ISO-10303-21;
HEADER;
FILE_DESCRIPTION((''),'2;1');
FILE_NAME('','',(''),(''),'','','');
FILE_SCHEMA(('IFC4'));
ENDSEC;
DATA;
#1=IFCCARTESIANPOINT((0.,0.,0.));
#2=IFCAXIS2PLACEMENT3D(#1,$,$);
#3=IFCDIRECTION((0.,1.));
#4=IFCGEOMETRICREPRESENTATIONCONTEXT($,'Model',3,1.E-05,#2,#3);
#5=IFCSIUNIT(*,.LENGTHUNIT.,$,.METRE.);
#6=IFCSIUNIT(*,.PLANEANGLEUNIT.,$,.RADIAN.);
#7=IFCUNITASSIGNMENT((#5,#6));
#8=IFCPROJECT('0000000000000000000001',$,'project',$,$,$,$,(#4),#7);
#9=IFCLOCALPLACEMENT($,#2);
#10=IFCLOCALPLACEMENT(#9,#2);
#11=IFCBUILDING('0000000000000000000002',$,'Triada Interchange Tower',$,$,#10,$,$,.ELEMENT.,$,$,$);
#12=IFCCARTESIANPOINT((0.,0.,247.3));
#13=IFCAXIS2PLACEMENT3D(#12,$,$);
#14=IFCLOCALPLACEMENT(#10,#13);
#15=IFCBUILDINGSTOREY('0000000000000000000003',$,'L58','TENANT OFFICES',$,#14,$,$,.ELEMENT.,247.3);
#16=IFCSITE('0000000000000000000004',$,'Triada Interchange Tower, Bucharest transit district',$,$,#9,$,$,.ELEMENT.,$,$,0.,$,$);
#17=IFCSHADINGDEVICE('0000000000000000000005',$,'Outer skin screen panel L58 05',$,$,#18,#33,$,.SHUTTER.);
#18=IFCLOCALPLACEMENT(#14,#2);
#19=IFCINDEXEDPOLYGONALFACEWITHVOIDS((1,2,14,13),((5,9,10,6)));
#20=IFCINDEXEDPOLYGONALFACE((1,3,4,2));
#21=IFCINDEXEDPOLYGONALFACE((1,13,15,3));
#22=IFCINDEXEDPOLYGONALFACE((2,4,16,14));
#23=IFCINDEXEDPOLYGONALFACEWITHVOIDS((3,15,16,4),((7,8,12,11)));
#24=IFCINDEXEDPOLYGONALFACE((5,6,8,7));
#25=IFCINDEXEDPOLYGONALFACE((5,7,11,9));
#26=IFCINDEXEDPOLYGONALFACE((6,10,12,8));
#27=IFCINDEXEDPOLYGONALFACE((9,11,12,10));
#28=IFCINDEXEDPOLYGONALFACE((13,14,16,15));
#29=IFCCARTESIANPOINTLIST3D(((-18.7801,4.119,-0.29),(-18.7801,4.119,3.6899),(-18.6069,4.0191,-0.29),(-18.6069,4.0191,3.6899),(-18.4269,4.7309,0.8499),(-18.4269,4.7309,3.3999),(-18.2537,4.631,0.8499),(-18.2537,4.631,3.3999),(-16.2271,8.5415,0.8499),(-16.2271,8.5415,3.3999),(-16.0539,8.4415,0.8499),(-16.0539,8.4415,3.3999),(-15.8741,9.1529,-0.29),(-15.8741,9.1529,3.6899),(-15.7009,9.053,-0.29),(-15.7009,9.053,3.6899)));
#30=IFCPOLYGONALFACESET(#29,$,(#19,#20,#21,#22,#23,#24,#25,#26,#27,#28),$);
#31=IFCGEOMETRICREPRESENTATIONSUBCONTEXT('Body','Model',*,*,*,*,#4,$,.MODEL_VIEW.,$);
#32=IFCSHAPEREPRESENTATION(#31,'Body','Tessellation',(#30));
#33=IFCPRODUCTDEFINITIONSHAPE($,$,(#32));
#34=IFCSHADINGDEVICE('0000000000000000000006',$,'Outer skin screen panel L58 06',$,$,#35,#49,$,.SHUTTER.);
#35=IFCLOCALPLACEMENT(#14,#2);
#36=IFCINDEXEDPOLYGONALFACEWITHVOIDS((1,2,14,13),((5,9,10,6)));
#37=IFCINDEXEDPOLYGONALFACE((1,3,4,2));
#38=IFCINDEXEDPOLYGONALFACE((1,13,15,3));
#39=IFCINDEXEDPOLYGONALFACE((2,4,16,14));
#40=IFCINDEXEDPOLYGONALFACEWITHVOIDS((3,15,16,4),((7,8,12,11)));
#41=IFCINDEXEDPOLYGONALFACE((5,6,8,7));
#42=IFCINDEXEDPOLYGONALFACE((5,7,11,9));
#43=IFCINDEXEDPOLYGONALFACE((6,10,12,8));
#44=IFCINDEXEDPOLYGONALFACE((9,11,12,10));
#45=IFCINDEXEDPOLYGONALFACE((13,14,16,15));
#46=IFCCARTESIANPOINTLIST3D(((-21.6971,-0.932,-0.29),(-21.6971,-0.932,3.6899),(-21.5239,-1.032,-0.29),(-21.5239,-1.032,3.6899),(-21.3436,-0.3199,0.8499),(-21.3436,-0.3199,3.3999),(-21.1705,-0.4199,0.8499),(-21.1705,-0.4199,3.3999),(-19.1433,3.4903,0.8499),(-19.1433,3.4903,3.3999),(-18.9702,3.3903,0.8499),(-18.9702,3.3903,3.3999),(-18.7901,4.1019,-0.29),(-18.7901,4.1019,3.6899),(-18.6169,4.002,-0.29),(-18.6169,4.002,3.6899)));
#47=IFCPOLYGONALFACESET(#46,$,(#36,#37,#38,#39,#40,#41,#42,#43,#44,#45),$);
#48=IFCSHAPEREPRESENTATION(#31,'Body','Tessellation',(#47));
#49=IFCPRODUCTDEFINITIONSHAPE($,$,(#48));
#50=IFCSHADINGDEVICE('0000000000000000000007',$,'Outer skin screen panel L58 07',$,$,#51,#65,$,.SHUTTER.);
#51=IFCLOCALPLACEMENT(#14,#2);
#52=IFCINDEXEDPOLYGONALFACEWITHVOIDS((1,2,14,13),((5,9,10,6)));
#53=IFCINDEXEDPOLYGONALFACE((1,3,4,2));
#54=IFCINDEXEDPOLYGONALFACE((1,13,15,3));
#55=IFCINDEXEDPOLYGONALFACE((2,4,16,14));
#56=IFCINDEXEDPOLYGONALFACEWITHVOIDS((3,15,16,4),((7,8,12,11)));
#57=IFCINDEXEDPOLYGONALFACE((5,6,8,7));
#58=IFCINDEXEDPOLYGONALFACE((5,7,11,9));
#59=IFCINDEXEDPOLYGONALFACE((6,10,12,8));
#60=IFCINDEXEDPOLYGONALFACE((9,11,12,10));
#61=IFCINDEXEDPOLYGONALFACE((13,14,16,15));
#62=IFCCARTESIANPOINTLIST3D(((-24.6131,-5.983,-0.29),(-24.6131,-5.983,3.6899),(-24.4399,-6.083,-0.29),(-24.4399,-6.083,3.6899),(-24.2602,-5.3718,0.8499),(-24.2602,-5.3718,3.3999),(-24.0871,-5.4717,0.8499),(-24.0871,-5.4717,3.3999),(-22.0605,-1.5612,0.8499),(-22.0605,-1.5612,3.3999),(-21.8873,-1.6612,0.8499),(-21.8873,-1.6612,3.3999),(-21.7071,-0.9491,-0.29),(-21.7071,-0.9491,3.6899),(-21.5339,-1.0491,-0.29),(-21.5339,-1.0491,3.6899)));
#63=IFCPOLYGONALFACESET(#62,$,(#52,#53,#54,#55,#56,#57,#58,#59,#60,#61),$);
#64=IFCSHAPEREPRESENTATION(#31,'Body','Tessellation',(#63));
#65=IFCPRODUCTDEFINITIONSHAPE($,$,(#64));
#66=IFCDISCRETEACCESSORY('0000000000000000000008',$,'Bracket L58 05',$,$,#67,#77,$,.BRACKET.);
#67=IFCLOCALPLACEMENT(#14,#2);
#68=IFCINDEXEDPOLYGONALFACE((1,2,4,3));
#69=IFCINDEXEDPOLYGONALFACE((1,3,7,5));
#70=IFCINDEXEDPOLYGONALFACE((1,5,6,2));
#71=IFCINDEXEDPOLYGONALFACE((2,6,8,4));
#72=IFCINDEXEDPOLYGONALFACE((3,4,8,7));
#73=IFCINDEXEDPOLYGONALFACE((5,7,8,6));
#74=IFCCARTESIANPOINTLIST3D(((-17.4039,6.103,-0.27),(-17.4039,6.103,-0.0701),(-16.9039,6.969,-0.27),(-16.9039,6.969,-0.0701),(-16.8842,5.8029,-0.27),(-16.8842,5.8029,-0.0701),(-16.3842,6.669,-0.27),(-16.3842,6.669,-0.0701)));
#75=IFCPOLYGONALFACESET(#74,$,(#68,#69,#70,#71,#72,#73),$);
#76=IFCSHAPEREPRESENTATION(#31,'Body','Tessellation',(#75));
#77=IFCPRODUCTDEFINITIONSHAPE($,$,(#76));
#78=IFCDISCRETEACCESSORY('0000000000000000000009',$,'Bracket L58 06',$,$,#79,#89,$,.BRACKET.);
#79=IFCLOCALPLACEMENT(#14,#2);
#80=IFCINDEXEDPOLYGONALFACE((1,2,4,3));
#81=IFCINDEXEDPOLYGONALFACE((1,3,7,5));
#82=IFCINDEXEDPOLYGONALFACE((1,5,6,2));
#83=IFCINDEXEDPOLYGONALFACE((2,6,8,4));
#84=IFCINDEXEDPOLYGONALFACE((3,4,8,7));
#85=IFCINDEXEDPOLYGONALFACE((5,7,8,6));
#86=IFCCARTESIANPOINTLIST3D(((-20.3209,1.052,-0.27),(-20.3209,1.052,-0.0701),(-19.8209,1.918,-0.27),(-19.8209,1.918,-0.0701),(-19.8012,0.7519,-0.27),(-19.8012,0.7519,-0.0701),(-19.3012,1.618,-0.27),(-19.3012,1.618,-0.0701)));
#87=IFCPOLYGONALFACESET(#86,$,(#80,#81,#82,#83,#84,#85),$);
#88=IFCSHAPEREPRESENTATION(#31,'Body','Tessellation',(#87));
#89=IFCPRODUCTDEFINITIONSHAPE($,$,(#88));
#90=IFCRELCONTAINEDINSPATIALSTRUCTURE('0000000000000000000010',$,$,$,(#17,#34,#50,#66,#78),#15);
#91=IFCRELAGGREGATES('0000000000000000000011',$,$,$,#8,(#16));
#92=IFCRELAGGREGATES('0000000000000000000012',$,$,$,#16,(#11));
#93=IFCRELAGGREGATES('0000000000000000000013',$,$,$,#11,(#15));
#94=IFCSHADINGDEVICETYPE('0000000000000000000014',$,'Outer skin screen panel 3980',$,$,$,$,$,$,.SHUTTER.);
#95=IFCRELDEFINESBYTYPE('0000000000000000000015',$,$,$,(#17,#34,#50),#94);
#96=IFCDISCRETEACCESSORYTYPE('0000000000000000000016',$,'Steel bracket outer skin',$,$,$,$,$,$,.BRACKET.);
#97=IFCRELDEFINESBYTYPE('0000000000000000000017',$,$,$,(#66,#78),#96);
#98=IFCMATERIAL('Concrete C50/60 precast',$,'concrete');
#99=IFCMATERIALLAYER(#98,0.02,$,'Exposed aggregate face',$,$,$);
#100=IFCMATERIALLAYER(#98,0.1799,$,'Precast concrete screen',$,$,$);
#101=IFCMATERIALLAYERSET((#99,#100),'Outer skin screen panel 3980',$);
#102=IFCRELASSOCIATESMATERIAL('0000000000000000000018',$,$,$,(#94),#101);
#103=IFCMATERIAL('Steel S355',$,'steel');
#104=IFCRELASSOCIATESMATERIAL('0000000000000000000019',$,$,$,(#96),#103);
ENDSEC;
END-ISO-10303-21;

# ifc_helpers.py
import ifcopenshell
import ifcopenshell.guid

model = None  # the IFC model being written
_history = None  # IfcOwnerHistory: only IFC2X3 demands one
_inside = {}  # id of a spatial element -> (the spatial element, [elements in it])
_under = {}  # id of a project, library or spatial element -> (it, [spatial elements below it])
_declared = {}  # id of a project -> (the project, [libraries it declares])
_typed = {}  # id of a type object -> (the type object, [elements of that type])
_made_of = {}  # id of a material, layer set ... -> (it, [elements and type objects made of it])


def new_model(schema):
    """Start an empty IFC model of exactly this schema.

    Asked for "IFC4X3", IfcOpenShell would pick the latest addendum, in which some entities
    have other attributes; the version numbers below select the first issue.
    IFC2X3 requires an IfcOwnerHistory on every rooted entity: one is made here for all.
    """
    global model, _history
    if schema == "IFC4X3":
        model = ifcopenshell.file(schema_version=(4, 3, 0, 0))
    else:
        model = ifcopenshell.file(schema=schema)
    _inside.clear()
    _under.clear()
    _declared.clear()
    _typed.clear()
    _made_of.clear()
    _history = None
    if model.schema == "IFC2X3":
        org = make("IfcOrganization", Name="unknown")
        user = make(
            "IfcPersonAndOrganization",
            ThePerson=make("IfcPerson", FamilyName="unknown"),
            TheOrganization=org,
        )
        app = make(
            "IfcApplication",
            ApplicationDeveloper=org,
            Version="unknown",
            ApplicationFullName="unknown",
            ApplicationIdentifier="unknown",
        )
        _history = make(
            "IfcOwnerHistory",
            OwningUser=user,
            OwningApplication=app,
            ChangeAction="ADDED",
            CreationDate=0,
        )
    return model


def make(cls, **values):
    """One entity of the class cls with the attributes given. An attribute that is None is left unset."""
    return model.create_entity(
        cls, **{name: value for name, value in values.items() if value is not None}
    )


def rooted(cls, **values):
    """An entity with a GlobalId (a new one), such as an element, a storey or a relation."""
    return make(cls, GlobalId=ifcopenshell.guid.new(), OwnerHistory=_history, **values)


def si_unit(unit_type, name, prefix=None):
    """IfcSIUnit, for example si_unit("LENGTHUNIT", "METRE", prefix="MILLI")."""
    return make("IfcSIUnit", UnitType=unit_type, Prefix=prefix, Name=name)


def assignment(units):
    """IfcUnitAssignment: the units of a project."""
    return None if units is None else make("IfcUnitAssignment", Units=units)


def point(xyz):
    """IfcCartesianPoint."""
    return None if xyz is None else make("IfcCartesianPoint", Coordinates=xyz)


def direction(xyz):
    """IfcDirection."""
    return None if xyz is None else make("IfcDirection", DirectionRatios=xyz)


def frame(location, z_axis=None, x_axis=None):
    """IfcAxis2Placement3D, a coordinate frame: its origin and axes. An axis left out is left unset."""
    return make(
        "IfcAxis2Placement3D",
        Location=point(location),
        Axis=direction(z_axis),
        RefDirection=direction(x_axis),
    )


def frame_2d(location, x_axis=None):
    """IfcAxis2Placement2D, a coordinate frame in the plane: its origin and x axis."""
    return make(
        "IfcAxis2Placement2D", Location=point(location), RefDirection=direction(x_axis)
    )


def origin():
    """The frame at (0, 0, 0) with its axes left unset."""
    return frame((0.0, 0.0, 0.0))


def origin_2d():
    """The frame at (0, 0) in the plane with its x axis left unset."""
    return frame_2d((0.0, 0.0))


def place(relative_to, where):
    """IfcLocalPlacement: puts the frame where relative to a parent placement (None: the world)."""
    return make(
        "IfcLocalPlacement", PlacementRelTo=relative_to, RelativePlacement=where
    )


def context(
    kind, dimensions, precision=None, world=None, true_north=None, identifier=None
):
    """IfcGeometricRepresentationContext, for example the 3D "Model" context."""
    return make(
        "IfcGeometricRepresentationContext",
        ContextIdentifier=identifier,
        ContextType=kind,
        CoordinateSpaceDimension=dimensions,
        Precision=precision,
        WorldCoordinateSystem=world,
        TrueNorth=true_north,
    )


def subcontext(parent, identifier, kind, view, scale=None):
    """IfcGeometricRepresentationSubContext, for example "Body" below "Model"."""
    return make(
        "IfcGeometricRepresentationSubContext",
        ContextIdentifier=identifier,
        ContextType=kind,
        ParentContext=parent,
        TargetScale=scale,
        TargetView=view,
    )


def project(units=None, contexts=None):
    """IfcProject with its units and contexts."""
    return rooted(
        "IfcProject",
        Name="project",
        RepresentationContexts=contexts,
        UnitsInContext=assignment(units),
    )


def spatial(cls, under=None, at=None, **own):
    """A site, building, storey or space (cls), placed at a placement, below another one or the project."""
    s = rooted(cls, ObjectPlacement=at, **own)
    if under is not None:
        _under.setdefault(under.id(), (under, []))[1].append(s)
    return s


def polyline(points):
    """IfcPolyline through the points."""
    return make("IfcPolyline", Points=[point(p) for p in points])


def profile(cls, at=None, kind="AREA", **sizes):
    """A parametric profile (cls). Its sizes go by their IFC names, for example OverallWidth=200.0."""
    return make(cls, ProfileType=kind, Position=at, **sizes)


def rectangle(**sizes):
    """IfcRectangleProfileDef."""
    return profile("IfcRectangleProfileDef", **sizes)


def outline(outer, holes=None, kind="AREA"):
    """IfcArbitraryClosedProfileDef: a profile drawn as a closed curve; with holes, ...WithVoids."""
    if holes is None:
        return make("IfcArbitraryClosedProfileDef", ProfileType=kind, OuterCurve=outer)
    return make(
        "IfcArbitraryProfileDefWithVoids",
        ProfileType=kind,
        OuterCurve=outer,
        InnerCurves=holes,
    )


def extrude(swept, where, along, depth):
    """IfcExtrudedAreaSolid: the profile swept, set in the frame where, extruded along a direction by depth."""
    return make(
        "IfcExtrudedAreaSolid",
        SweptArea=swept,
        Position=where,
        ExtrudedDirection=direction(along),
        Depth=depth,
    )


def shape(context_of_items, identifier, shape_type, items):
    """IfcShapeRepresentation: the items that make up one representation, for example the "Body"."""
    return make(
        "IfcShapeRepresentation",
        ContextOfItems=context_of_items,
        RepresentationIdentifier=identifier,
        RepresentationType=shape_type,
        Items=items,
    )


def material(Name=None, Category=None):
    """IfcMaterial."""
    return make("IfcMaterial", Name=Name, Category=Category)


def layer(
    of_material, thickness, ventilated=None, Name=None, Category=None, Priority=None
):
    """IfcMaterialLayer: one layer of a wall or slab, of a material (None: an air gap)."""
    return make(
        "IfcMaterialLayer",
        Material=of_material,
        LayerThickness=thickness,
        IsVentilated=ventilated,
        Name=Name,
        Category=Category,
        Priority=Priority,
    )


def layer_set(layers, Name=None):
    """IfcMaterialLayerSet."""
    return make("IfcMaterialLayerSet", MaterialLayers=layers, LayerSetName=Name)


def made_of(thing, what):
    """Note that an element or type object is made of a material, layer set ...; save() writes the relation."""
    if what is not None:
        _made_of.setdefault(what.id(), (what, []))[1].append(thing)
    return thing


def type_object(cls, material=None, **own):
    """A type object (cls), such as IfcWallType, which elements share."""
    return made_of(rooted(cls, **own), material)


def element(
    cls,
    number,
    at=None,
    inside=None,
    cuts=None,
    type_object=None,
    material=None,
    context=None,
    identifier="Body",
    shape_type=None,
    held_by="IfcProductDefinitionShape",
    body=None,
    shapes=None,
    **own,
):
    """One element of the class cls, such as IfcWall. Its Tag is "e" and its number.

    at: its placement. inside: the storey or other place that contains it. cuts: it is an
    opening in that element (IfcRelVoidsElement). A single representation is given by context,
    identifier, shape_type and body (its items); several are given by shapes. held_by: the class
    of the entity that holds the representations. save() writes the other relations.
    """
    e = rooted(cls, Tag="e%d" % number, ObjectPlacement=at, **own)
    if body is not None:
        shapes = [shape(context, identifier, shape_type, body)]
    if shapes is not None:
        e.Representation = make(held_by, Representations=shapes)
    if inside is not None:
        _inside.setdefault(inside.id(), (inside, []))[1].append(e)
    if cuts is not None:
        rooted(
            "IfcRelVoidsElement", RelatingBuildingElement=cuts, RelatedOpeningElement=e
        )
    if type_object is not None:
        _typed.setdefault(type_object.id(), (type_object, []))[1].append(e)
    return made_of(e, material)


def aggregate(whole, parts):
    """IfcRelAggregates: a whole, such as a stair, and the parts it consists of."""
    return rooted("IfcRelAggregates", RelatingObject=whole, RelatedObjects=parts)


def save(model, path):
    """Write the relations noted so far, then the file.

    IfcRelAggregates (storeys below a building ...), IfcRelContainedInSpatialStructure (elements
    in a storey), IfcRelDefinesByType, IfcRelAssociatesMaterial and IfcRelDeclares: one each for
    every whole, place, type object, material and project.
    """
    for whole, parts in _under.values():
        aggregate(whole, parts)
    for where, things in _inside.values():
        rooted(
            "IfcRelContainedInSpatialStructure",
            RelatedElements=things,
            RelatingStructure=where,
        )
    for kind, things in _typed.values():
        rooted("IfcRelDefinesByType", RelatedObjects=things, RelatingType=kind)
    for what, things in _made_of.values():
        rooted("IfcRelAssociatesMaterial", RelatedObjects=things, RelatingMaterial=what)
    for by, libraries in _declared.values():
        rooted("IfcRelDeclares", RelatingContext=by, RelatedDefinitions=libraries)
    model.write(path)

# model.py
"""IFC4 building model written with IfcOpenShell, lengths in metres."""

from ifc_helpers import new_model, si_unit, direction, frame, origin, origin_2d, place, context, subcontext, project, spatial, polyline, rectangle, outline, extrude, material, layer, layer_set, type_object, element, save


model = new_model("IFC4")

# Units and contexts
model_context = context("Model", 3, precision=1e-05, world=origin(), true_north=direction((0.0, 1.0)))
body_context = subcontext(model_context, "Body", "Model", "MODEL_VIEW")
ifc_project = project(units=[si_unit("LENGTHUNIT", "METRE"), si_unit("PLANEANGLEUNIT", "RADIAN")], contexts=[model_context])

# Site, building, storey
site_placement = place(None, origin())
site = spatial("IfcSite", under=ifc_project, at=site_placement, Name="Triada Interchange Tower, Bucharest transit district", CompositionType="ELEMENT", RefElevation=0.0)
building_placement = place(site_placement, origin())
building = spatial("IfcBuilding", under=site, at=building_placement, Name="Triada Interchange Tower", CompositionType="ELEMENT")
storey_placement = place(building_placement, frame((0.0, 0.0, 247.3)))
storey = spatial("IfcBuildingStorey", under=building, at=storey_placement, Name="L58", Description="TENANT OFFICES", CompositionType="ELEMENT", Elevation=247.3)

# Shading devices
ifc_material_1 = material(Name="Concrete C50/60 precast", Category="concrete")
ifc_layer_1 = layer(ifc_material_1, 0.02, Name="Exposed aggregate face")
ifc_layer_2 = layer(ifc_material_1, 0.1799, Name="Precast concrete screen")
ifc_layer_set_1 = layer_set([ifc_layer_1, ifc_layer_2], Name="Outer skin screen panel 3980")
shading_device_type = type_object("IfcShadingDeviceType", Name="Outer skin screen panel 3980", PredefinedType="SHUTTER", material=ifc_layer_set_1)
shading_device_1_placement = place(storey_placement, frame((-15.7009, 9.053, -0.29), z_axis=(0.0, 0.0, 1.0), x_axis=(-0.499956, -0.866051, 0.0)))
element("IfcShadingDevice", 1, at=shading_device_1_placement, inside=storey, type_object=shading_device_type, Name="Outer skin screen panel L58 05", PredefinedType="SHUTTER", context=body_context, shape_type="SweptSolid", body=[
    extrude(outline(polyline([(0.0, 0.0), (5.8125, 0.0), (5.8125, 3.98), (0.0, 3.98), (0.0, 0.0)]), holes=[polyline([(0.7061, 1.1399), (0.7061, 3.6899), (5.106, 3.6899), (5.106, 1.1399), (0.7061, 1.1399)])]), frame((0.0, 0.0, 0.0), z_axis=(0.0, -1.0, 0.0), x_axis=(1.0, 0.0, 0.0)), (0.0, 0.0, 1.0), 0.2),
])
shading_device_2_placement = place(storey_placement, frame((-18.6169, 4.002, -0.29), z_axis=(0.0, 0.0, 1.0), x_axis=(-0.500082, -0.865978, 0.0)))
element("IfcShadingDevice", 2, at=shading_device_2_placement, inside=storey, type_object=shading_device_type, Name="Outer skin screen panel L58 06", PredefinedType="SHUTTER", context=body_context, shape_type="SweptSolid", body=[
    extrude(outline(polyline([(0.0, 0.0), (5.813, 0.0), (5.813, 3.98), (0.0, 3.98), (0.0, 0.0)]), holes=[polyline([(0.7063, 1.1399), (0.7063, 3.6899), (5.1062, 3.6899), (5.1062, 1.1399), (0.7063, 1.1399)])]), frame((0.0, 0.0, 0.0), z_axis=(0.0, -1.0, 0.0), x_axis=(1.0, 0.0, 0.0)), (0.0, 0.0, 1.0), 0.2),
])
shading_device_3_placement = place(storey_placement, frame((-21.5339, -1.0491, -0.29), z_axis=(0.0, 0.0, 1.0), x_axis=(-0.499956, -0.866051, 0.0)))
element("IfcShadingDevice", 3, at=shading_device_3_placement, inside=storey, type_object=shading_device_type, Name="Outer skin screen panel L58 07", PredefinedType="SHUTTER", context=body_context, shape_type="SweptSolid", body=[
    extrude(outline(polyline([(0.0, 0.0), (5.8125, 0.0), (5.8125, 3.98), (0.0, 3.98), (0.0, 0.0)]), holes=[polyline([(0.7068, 1.1399), (0.7068, 3.6899), (5.1067, 3.6899), (5.1067, 1.1399), (0.7068, 1.1399)])]), frame((0.0, 0.0, 0.0), z_axis=(0.0, -1.0, 0.0), x_axis=(1.0, 0.0, 0.0)), (0.0, 0.0, 1.0), 0.2),
])

# Discrete accessories
ifc_material_2 = material(Name="Steel S355", Category="steel")
discrete_accessory_type = type_object("IfcDiscreteAccessoryType", Name="Steel bracket outer skin", PredefinedType="BRACKET", material=ifc_material_2)
for number, where, z_axis, x_axis, name in (
    (4, (-16.894, 6.386, -0.27), (0.0, 0.0, 1.0), (-0.86603, 0.499991, 0.0), "Bracket L58 05"),
    (5, (-19.811, 1.335, -0.27), (0.0, 0.0, 1.0), (-0.86603, 0.499991, 0.0), "Bracket L58 06"),
):
    element("IfcDiscreteAccessory", number, at=place(storey_placement, frame(where, z_axis=z_axis, x_axis=x_axis)), inside=storey, type_object=discrete_accessory_type, Name=name, PredefinedType="BRACKET", context=body_context, shape_type="SweptSolid", body=[
        extrude(rectangle(XDim=0.6001, YDim=1.0, at=origin_2d()), origin(), (0.0, 0.0, 1.0), 0.2),
    ])

save(model, "model.ifc")
